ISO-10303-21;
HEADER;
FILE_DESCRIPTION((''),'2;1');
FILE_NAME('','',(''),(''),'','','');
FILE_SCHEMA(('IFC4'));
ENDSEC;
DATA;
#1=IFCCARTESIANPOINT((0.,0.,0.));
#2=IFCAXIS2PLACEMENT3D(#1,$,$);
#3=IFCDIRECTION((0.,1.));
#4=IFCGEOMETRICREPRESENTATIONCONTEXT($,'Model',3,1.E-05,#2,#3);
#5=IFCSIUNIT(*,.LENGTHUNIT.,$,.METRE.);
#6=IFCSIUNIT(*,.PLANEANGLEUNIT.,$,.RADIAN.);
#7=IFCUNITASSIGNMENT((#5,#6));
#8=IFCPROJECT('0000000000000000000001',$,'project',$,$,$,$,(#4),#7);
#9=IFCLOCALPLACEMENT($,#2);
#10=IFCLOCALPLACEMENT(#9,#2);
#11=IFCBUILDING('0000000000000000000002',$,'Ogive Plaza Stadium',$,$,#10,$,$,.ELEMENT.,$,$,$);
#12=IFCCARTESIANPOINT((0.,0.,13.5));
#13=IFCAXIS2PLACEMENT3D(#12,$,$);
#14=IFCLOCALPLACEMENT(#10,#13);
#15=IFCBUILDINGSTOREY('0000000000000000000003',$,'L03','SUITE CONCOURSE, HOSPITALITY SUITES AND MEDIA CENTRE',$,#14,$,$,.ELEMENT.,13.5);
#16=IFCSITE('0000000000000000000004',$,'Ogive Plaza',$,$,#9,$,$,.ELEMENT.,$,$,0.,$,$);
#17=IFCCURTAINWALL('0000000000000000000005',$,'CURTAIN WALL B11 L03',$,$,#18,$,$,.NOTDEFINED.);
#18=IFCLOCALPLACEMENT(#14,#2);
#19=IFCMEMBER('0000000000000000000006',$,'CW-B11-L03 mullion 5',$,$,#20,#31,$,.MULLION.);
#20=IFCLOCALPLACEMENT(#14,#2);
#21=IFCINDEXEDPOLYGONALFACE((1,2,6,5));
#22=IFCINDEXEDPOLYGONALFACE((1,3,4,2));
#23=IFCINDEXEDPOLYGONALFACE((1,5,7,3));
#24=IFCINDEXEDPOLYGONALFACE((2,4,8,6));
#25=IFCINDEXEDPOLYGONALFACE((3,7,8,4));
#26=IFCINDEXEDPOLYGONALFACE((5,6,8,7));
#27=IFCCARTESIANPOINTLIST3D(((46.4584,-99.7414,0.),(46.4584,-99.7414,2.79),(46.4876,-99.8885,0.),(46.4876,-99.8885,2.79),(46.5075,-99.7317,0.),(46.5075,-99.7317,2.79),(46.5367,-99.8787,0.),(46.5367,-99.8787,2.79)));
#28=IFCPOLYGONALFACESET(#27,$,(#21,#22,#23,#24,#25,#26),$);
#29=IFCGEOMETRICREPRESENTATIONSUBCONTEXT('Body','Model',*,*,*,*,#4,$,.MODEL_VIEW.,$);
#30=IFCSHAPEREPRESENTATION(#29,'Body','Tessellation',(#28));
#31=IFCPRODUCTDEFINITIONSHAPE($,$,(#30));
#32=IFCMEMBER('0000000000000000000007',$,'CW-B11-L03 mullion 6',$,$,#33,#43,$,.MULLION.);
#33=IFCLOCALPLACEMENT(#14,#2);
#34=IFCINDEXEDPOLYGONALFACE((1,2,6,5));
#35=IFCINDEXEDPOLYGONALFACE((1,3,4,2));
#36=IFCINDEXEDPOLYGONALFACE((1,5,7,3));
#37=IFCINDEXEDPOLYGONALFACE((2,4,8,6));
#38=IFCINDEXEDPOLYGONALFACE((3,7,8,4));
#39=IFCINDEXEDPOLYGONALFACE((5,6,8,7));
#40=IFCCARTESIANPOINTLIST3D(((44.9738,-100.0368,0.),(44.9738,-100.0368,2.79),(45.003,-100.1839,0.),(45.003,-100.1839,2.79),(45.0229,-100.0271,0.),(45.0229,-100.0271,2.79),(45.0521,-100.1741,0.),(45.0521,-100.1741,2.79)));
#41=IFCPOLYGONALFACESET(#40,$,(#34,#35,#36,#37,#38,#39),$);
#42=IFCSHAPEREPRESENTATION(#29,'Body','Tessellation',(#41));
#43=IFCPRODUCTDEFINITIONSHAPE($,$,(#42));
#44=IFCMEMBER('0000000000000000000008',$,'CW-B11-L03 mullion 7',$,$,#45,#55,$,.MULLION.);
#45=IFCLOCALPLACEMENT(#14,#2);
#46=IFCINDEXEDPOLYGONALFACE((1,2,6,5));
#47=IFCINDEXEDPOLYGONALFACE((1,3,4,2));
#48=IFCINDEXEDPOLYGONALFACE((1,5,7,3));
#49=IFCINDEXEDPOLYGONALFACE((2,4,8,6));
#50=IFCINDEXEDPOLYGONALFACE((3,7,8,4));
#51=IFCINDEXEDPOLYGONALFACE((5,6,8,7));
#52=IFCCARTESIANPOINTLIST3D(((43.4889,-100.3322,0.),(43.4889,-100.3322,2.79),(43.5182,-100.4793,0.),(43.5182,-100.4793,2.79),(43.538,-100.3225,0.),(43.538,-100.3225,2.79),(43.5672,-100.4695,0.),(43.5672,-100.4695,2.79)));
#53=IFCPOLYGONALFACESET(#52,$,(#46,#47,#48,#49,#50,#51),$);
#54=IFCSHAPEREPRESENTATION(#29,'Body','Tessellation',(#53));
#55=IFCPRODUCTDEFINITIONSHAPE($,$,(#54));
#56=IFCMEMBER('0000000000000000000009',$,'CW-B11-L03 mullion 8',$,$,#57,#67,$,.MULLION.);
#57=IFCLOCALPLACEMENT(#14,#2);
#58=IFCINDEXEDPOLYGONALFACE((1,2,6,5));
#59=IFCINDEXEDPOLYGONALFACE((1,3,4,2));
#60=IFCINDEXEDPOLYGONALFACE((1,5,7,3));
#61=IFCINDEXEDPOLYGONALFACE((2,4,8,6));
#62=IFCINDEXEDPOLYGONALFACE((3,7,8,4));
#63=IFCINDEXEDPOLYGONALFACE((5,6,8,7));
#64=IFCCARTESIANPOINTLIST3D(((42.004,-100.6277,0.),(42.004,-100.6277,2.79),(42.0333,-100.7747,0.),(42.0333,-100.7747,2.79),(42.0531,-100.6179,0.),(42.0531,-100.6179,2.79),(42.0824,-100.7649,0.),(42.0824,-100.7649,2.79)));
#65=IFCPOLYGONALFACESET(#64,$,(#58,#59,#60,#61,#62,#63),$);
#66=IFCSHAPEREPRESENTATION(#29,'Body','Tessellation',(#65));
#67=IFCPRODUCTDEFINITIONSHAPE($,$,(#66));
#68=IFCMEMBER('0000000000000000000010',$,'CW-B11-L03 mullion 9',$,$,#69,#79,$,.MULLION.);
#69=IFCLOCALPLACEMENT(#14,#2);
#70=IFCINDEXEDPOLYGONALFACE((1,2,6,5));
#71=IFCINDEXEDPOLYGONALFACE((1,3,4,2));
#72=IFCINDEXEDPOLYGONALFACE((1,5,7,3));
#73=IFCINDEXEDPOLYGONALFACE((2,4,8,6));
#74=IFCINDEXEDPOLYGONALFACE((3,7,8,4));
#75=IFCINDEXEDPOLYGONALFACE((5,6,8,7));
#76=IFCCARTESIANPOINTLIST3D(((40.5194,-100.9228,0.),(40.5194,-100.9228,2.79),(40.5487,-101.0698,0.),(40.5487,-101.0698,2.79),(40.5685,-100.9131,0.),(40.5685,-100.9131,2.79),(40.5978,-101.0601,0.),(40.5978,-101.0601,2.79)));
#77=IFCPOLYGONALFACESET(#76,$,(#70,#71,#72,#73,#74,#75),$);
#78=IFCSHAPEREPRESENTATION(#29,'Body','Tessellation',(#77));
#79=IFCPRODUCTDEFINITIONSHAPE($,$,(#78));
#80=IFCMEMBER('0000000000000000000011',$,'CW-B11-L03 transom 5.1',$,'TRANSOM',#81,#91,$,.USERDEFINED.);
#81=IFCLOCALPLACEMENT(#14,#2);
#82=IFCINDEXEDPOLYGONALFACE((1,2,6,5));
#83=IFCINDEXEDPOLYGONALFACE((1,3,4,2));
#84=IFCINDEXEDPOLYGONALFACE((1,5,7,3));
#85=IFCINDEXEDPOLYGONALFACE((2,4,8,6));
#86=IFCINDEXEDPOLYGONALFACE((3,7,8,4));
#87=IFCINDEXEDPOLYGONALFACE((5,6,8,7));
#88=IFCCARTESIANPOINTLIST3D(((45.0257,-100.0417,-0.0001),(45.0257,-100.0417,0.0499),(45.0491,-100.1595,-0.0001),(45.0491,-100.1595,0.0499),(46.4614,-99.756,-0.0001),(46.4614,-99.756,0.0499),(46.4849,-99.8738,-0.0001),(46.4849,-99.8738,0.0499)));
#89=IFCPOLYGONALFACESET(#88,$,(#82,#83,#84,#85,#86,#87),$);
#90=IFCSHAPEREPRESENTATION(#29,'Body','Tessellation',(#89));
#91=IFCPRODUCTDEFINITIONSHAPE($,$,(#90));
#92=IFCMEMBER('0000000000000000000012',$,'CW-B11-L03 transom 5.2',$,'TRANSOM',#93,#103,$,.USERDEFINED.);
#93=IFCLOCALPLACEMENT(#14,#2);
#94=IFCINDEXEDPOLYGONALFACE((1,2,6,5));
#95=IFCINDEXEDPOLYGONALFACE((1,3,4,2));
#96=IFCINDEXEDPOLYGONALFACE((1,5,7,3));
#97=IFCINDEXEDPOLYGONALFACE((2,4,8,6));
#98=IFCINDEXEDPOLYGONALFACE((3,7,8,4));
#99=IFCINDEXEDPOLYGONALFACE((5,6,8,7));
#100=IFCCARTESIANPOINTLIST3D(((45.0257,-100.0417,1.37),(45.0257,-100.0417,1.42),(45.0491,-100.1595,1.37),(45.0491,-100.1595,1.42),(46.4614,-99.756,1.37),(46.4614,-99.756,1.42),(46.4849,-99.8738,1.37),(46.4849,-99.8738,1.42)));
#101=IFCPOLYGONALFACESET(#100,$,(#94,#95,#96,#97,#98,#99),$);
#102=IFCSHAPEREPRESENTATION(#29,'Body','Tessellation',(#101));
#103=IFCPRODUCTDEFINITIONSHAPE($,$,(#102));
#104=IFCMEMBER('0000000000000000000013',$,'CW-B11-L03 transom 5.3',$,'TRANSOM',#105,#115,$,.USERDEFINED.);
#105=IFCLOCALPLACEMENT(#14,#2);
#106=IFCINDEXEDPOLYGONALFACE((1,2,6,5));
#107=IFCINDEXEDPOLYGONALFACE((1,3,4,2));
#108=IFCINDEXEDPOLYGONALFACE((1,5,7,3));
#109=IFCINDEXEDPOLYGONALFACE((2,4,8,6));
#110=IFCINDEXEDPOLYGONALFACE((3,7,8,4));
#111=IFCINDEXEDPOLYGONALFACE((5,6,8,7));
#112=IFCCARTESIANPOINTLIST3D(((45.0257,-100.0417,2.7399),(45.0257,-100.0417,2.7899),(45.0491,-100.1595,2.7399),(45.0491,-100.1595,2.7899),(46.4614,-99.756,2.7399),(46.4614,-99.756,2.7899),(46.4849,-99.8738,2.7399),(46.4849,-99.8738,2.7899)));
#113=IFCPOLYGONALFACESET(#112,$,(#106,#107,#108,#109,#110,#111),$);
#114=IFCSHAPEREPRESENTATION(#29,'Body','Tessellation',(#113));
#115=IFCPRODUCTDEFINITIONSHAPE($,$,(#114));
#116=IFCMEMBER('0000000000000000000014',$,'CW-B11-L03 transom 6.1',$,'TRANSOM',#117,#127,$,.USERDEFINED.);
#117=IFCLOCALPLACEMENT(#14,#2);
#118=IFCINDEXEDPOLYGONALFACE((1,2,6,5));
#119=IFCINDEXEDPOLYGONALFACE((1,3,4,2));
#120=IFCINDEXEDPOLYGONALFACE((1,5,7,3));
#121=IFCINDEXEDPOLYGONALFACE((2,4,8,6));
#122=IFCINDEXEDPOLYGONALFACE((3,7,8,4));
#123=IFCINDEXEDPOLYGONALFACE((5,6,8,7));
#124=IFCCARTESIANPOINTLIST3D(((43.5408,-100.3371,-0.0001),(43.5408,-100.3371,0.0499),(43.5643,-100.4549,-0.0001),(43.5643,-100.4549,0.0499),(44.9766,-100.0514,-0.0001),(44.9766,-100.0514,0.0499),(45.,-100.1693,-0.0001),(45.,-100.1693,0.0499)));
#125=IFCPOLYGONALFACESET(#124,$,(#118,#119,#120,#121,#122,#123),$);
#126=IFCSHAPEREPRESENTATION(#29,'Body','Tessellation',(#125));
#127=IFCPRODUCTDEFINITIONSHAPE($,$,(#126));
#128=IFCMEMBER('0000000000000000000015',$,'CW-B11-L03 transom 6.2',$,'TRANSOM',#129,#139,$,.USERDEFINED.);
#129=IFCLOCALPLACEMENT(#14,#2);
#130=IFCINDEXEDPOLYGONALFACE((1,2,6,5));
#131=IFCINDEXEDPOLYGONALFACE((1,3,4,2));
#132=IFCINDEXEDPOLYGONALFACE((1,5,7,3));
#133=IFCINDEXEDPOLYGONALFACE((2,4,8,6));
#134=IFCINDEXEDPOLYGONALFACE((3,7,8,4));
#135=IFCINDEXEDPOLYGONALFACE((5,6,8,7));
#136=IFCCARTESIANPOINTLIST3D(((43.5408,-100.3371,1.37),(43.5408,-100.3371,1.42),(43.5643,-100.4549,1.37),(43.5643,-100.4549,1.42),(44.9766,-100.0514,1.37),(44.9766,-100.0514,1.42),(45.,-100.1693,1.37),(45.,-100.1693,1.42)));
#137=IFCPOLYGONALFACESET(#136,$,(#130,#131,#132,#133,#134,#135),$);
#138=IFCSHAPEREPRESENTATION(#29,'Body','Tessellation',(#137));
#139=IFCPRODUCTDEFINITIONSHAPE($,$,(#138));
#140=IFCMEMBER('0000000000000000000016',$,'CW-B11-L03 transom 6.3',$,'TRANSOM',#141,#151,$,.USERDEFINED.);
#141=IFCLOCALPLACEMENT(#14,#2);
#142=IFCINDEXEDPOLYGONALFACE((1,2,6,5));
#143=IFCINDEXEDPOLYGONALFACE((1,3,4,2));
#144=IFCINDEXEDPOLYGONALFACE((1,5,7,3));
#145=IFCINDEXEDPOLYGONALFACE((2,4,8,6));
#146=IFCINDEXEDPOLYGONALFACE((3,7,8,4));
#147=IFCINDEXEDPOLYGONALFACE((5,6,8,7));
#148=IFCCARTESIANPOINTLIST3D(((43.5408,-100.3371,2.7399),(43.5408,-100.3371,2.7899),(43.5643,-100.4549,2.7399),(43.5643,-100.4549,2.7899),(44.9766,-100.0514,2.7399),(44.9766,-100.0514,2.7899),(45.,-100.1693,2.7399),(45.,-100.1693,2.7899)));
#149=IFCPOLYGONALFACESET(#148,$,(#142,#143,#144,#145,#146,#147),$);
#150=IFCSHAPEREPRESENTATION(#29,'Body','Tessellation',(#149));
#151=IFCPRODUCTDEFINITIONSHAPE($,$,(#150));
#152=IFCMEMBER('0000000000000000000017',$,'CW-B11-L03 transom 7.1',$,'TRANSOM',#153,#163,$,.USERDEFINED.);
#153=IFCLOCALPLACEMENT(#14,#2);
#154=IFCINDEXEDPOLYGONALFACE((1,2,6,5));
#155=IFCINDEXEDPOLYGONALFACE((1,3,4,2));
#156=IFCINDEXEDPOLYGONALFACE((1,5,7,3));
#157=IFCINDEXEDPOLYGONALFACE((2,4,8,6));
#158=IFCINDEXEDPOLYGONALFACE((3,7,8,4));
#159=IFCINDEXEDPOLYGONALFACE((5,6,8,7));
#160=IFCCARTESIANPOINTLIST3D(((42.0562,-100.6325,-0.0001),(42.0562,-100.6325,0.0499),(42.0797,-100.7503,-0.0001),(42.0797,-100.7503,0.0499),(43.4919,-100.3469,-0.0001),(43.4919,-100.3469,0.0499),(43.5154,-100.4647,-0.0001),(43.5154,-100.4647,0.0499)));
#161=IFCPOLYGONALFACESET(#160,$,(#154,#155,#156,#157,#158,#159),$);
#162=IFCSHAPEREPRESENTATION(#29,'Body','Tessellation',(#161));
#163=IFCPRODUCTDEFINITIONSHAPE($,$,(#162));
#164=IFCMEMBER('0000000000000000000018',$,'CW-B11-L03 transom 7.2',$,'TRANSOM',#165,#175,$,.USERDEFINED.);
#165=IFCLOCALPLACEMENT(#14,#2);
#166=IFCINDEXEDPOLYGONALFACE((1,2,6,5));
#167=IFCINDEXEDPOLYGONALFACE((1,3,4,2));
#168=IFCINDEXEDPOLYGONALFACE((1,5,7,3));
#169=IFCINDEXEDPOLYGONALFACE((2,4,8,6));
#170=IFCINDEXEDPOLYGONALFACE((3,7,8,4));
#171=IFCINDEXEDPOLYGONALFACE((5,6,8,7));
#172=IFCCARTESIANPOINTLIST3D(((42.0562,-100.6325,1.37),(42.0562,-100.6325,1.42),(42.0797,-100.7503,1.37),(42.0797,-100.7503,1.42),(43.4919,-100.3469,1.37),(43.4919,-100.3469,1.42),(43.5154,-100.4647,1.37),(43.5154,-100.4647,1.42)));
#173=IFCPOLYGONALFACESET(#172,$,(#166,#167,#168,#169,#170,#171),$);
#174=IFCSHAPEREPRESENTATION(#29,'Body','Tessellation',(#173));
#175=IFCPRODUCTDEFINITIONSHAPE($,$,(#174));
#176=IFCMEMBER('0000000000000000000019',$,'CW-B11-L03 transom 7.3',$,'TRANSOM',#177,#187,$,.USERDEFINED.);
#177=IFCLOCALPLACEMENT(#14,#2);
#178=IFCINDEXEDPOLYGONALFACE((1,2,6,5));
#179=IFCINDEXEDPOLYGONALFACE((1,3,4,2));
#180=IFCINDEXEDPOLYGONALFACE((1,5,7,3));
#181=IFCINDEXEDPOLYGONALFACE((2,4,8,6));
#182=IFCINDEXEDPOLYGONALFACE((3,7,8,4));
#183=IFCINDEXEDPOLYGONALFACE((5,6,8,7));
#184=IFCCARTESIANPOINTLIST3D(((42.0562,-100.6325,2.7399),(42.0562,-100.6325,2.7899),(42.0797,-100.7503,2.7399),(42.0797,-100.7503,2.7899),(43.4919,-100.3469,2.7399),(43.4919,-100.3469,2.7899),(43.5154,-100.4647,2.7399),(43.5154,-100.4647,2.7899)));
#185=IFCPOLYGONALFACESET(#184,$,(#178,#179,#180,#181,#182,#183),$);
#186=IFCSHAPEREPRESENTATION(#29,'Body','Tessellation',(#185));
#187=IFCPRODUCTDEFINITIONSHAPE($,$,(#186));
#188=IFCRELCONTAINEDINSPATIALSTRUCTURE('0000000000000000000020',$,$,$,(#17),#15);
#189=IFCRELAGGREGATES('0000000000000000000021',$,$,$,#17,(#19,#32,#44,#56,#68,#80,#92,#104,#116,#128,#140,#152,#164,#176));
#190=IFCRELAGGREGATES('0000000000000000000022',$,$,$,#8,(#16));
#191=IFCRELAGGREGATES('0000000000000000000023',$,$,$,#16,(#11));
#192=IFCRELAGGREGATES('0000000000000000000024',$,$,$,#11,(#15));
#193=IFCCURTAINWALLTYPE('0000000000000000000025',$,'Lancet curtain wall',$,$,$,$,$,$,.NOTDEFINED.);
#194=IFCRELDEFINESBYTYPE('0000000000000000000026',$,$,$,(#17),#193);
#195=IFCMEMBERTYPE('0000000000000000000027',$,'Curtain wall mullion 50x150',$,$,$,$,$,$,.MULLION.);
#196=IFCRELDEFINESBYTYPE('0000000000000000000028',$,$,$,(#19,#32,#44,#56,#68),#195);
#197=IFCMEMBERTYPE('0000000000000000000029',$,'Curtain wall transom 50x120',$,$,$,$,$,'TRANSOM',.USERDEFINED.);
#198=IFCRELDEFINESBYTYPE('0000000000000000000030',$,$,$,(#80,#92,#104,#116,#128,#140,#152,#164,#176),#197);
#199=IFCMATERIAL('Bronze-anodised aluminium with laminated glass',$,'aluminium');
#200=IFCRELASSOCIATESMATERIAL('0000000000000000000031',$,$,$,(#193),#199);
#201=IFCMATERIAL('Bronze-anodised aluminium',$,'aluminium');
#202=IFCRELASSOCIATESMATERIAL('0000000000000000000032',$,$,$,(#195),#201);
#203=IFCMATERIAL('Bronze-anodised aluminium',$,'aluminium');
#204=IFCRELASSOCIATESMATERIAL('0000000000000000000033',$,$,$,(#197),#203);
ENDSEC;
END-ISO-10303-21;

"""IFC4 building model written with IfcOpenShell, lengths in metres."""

from ifc_helpers import new_model, si_unit, direction, frame, origin, origin_2d, place, context, subcontext, project, spatial, rectangle, extrude, material, material_profile, profile_set, type_object, element, aggregate, save


model = new_model("IFC4")

# Units and contexts
model_context = context("Model", 3, precision=1e-05, world=origin(), true_north=direction((0.0, 1.0)))
body_context = subcontext(model_context, "Body", "Model", "MODEL_VIEW")
ifc_project = project(units=[si_unit("LENGTHUNIT", "METRE"), si_unit("PLANEANGLEUNIT", "RADIAN")], contexts=[model_context])

# Site, building, storey
site_placement = place(None, origin())
site = spatial("IfcSite", under=ifc_project, at=site_placement, Name="Ogive Plaza", CompositionType="ELEMENT", RefElevation=0.0)
building_placement = place(site_placement, origin())
building = spatial("IfcBuilding", under=site, at=building_placement, Name="Ogive Plaza Stadium", CompositionType="ELEMENT")
storey_placement = place(building_placement, frame((0.0, 0.0, 13.5)))
storey = spatial("IfcBuildingStorey", under=building, at=storey_placement, Name="L03", Description="SUITE CONCOURSE, HOSPITALITY SUITES AND MEDIA CENTRE", CompositionType="ELEMENT", Elevation=13.5)

# Curtain wall, members
ifc_material_1 = material(Name="Bronze-anodised aluminium with laminated glass", Category="aluminium")
curtain_wall_type = type_object("IfcCurtainWallType", Name="Lancet curtain wall", PredefinedType="NOTDEFINED", material=ifc_material_1)
curtain_wall_placement = place(storey_placement, origin())
curtain_wall = element("IfcCurtainWall", 1, at=curtain_wall_placement, inside=storey, type_object=curtain_wall_type, Name="CURTAIN WALL B11 L03", PredefinedType="NOTDEFINED")
ifc_material_2 = material(Name="Bronze-anodised aluminium", Category="aluminium")
ifc_material_profile_1 = material_profile(ifc_material_2, rectangle(XDim=0.1499, YDim=0.05, at=origin_2d()), Name="AL 150x50")
ifc_profile_set_1 = profile_set([ifc_material_profile_1], Name="Bronze-anodised aluminium")
member_type_1 = type_object("IfcMemberType", Name="Curtain wall mullion 50x150", PredefinedType="MULLION", material=ifc_profile_set_1)
member_1_placement = place(storey_placement, frame((46.4976, -99.8101, 0.0), z_axis=(0.0, 0.0, 1.0), x_axis=(0.19509, -0.980785, 0.0)))
member_1 = element("IfcMember", 2, at=member_1_placement, type_object=member_type_1, Name="CW-B11-L03 mullion 5", PredefinedType="MULLION", context=body_context, shape_type="SweptSolid", body=[
    extrude(rectangle(XDim=0.1499, YDim=0.05, at=origin_2d()), origin(), (0.0, 0.0, 1.0), 2.79),
])
member_2_placement = place(storey_placement, frame((45.0129, -100.1055, 0.0), z_axis=(0.0, 0.0, 1.0), x_axis=(0.19509, -0.980785, 0.0)))
member_2 = element("IfcMember", 3, at=member_2_placement, type_object=member_type_1, Name="CW-B11-L03 mullion 6", PredefinedType="MULLION", context=body_context, shape_type="SweptSolid", body=[
    extrude(rectangle(XDim=0.1499, YDim=0.05, at=origin_2d()), origin(), (0.0, 0.0, 1.0), 2.79),
])
member_3_placement = place(storey_placement, frame((43.5281, -100.4009, 0.0), z_axis=(0.0, 0.0, 1.0), x_axis=(0.19509, -0.980785, 0.0)))
member_3 = element("IfcMember", 4, at=member_3_placement, type_object=member_type_1, Name="CW-B11-L03 mullion 7", PredefinedType="MULLION", context=body_context, shape_type="SweptSolid", body=[
    extrude(rectangle(XDim=0.1499, YDim=0.05, at=origin_2d()), origin(), (0.0, 0.0, 1.0), 2.79),
])
member_4_placement = place(storey_placement, frame((42.0432, -100.6963, 0.0), z_axis=(0.0, 0.0, 1.0), x_axis=(0.19509, -0.980785, 0.0)))
member_4 = element("IfcMember", 5, at=member_4_placement, type_object=member_type_1, Name="CW-B11-L03 mullion 8", PredefinedType="MULLION", context=body_context, shape_type="SweptSolid", body=[
    extrude(rectangle(XDim=0.1499, YDim=0.05, at=origin_2d()), origin(), (0.0, 0.0, 1.0), 2.79),
])
member_5_placement = place(storey_placement, frame((40.5586, -100.9915, 0.0), z_axis=(0.0, 0.0, 1.0), x_axis=(0.19509, -0.980785, 0.0)))
member_5 = element("IfcMember", 6, at=member_5_placement, type_object=member_type_1, Name="CW-B11-L03 mullion 9", PredefinedType="MULLION", context=body_context, shape_type="SweptSolid", body=[
    extrude(rectangle(XDim=0.1499, YDim=0.05, at=origin_2d()), origin(), (0.0, 0.0, 1.0), 2.79),
])
ifc_material_3 = material(Name="Bronze-anodised aluminium", Category="aluminium")
ifc_material_profile_2 = material_profile(ifc_material_3, rectangle(XDim=0.1201, YDim=0.05, at=origin_2d()), Name="AL 120x50")
ifc_profile_set_2 = profile_set([ifc_material_profile_2], Name="Bronze-anodised aluminium")
member_type_2 = type_object("IfcMemberType", Name="Curtain wall transom 50x120", ElementType="TRANSOM", PredefinedType="USERDEFINED", material=ifc_profile_set_2)
member_6_placement = place(storey_placement, frame((46.4731, -99.8149, 0.0249), z_axis=(-0.980779, -0.195122, 0.0), x_axis=(0.195122, -0.980779, 0.0)))
member_6 = element("IfcMember", 7, at=member_6_placement, type_object=member_type_2, Name="CW-B11-L03 transom 5.1", ObjectType="TRANSOM", PredefinedType="USERDEFINED", context=body_context, shape_type="SweptSolid", body=[
    extrude(rectangle(XDim=0.1201, YDim=0.05, at=origin_2d()), origin(), (0.0, 0.0, 1.0), 1.4639),
])
member_7_placement = place(storey_placement, frame((46.4731, -99.8149, 1.395), z_axis=(-0.980779, -0.195122, 0.0), x_axis=(0.195122, -0.980779, 0.0)))
member_7 = element("IfcMember", 8, at=member_7_placement, type_object=member_type_2, Name="CW-B11-L03 transom 5.2", ObjectType="TRANSOM", PredefinedType="USERDEFINED", context=body_context, shape_type="SweptSolid", body=[
    extrude(rectangle(XDim=0.1201, YDim=0.05, at=origin_2d()), origin(), (0.0, 0.0, 1.0), 1.4639),
])
member_8_placement = place(storey_placement, frame((46.4731, -99.8149, 2.7649), z_axis=(-0.980779, -0.195122, 0.0), x_axis=(0.195122, -0.980779, 0.0)))
member_8 = element("IfcMember", 9, at=member_8_placement, type_object=member_type_2, Name="CW-B11-L03 transom 5.3", ObjectType="TRANSOM", PredefinedType="USERDEFINED", context=body_context, shape_type="SweptSolid", body=[
    extrude(rectangle(XDim=0.1201, YDim=0.05, at=origin_2d()), origin(), (0.0, 0.0, 1.0), 1.4639),
])
member_9_placement = place(storey_placement, frame((44.9883, -100.1104, 0.0249), z_axis=(-0.980779, -0.195122, 0.0), x_axis=(0.195122, -0.980779, 0.0)))
member_9 = element("IfcMember", 10, at=member_9_placement, type_object=member_type_2, Name="CW-B11-L03 transom 6.1", ObjectType="TRANSOM", PredefinedType="USERDEFINED", context=body_context, shape_type="SweptSolid", body=[
    extrude(rectangle(XDim=0.1201, YDim=0.05, at=origin_2d()), origin(), (0.0, 0.0, 1.0), 1.4639),
])
member_10_placement = place(storey_placement, frame((44.9883, -100.1104, 1.395), z_axis=(-0.980779, -0.195122, 0.0), x_axis=(0.195122, -0.980779, 0.0)))
member_10 = element("IfcMember", 11, at=member_10_placement, type_object=member_type_2, Name="CW-B11-L03 transom 6.2", ObjectType="TRANSOM", PredefinedType="USERDEFINED", context=body_context, shape_type="SweptSolid", body=[
    extrude(rectangle(XDim=0.1201, YDim=0.05, at=origin_2d()), origin(), (0.0, 0.0, 1.0), 1.4639),
])
member_11_placement = place(storey_placement, frame((44.9883, -100.1104, 2.7649), z_axis=(-0.980779, -0.195122, 0.0), x_axis=(0.195122, -0.980779, 0.0)))
member_11 = element("IfcMember", 12, at=member_11_placement, type_object=member_type_2, Name="CW-B11-L03 transom 6.3", ObjectType="TRANSOM", PredefinedType="USERDEFINED", context=body_context, shape_type="SweptSolid", body=[
    extrude(rectangle(XDim=0.1201, YDim=0.05, at=origin_2d()), origin(), (0.0, 0.0, 1.0), 1.4639),
])
member_12_placement = place(storey_placement, frame((43.5037, -100.4058, 0.0249), z_axis=(-0.980779, -0.195122, 0.0), x_axis=(0.195122, -0.980779, 0.0)))
member_12 = element("IfcMember", 13, at=member_12_placement, type_object=member_type_2, Name="CW-B11-L03 transom 7.1", ObjectType="TRANSOM", PredefinedType="USERDEFINED", context=body_context, shape_type="SweptSolid", body=[
    extrude(rectangle(XDim=0.1201, YDim=0.05, at=origin_2d()), origin(), (0.0, 0.0, 1.0), 1.4639),
])
member_13_placement = place(storey_placement, frame((43.5037, -100.4058, 1.395), z_axis=(-0.980779, -0.195122, 0.0), x_axis=(0.195122, -0.980779, 0.0)))
member_13 = element("IfcMember", 14, at=member_13_placement, type_object=member_type_2, Name="CW-B11-L03 transom 7.2", ObjectType="TRANSOM", PredefinedType="USERDEFINED", context=body_context, shape_type="SweptSolid", body=[
    extrude(rectangle(XDim=0.1201, YDim=0.05, at=origin_2d()), origin(), (0.0, 0.0, 1.0), 1.4639),
])
member_14_placement = place(storey_placement, frame((43.5037, -100.4058, 2.7649), z_axis=(-0.980779, -0.195122, 0.0), x_axis=(0.195122, -0.980779, 0.0)))
member_14 = element("IfcMember", 15, at=member_14_placement, type_object=member_type_2, Name="CW-B11-L03 transom 7.3", ObjectType="TRANSOM", PredefinedType="USERDEFINED", context=body_context, shape_type="SweptSolid", body=[
    extrude(rectangle(XDim=0.1201, YDim=0.05, at=origin_2d()), origin(), (0.0, 0.0, 1.0), 1.4639),
])
aggregate(curtain_wall, [member_1, member_2, member_3, member_4, member_5, member_6, member_7, member_8, member_9, member_10, member_11, member_12, member_13, member_14])

save(model, "model.ifc")
